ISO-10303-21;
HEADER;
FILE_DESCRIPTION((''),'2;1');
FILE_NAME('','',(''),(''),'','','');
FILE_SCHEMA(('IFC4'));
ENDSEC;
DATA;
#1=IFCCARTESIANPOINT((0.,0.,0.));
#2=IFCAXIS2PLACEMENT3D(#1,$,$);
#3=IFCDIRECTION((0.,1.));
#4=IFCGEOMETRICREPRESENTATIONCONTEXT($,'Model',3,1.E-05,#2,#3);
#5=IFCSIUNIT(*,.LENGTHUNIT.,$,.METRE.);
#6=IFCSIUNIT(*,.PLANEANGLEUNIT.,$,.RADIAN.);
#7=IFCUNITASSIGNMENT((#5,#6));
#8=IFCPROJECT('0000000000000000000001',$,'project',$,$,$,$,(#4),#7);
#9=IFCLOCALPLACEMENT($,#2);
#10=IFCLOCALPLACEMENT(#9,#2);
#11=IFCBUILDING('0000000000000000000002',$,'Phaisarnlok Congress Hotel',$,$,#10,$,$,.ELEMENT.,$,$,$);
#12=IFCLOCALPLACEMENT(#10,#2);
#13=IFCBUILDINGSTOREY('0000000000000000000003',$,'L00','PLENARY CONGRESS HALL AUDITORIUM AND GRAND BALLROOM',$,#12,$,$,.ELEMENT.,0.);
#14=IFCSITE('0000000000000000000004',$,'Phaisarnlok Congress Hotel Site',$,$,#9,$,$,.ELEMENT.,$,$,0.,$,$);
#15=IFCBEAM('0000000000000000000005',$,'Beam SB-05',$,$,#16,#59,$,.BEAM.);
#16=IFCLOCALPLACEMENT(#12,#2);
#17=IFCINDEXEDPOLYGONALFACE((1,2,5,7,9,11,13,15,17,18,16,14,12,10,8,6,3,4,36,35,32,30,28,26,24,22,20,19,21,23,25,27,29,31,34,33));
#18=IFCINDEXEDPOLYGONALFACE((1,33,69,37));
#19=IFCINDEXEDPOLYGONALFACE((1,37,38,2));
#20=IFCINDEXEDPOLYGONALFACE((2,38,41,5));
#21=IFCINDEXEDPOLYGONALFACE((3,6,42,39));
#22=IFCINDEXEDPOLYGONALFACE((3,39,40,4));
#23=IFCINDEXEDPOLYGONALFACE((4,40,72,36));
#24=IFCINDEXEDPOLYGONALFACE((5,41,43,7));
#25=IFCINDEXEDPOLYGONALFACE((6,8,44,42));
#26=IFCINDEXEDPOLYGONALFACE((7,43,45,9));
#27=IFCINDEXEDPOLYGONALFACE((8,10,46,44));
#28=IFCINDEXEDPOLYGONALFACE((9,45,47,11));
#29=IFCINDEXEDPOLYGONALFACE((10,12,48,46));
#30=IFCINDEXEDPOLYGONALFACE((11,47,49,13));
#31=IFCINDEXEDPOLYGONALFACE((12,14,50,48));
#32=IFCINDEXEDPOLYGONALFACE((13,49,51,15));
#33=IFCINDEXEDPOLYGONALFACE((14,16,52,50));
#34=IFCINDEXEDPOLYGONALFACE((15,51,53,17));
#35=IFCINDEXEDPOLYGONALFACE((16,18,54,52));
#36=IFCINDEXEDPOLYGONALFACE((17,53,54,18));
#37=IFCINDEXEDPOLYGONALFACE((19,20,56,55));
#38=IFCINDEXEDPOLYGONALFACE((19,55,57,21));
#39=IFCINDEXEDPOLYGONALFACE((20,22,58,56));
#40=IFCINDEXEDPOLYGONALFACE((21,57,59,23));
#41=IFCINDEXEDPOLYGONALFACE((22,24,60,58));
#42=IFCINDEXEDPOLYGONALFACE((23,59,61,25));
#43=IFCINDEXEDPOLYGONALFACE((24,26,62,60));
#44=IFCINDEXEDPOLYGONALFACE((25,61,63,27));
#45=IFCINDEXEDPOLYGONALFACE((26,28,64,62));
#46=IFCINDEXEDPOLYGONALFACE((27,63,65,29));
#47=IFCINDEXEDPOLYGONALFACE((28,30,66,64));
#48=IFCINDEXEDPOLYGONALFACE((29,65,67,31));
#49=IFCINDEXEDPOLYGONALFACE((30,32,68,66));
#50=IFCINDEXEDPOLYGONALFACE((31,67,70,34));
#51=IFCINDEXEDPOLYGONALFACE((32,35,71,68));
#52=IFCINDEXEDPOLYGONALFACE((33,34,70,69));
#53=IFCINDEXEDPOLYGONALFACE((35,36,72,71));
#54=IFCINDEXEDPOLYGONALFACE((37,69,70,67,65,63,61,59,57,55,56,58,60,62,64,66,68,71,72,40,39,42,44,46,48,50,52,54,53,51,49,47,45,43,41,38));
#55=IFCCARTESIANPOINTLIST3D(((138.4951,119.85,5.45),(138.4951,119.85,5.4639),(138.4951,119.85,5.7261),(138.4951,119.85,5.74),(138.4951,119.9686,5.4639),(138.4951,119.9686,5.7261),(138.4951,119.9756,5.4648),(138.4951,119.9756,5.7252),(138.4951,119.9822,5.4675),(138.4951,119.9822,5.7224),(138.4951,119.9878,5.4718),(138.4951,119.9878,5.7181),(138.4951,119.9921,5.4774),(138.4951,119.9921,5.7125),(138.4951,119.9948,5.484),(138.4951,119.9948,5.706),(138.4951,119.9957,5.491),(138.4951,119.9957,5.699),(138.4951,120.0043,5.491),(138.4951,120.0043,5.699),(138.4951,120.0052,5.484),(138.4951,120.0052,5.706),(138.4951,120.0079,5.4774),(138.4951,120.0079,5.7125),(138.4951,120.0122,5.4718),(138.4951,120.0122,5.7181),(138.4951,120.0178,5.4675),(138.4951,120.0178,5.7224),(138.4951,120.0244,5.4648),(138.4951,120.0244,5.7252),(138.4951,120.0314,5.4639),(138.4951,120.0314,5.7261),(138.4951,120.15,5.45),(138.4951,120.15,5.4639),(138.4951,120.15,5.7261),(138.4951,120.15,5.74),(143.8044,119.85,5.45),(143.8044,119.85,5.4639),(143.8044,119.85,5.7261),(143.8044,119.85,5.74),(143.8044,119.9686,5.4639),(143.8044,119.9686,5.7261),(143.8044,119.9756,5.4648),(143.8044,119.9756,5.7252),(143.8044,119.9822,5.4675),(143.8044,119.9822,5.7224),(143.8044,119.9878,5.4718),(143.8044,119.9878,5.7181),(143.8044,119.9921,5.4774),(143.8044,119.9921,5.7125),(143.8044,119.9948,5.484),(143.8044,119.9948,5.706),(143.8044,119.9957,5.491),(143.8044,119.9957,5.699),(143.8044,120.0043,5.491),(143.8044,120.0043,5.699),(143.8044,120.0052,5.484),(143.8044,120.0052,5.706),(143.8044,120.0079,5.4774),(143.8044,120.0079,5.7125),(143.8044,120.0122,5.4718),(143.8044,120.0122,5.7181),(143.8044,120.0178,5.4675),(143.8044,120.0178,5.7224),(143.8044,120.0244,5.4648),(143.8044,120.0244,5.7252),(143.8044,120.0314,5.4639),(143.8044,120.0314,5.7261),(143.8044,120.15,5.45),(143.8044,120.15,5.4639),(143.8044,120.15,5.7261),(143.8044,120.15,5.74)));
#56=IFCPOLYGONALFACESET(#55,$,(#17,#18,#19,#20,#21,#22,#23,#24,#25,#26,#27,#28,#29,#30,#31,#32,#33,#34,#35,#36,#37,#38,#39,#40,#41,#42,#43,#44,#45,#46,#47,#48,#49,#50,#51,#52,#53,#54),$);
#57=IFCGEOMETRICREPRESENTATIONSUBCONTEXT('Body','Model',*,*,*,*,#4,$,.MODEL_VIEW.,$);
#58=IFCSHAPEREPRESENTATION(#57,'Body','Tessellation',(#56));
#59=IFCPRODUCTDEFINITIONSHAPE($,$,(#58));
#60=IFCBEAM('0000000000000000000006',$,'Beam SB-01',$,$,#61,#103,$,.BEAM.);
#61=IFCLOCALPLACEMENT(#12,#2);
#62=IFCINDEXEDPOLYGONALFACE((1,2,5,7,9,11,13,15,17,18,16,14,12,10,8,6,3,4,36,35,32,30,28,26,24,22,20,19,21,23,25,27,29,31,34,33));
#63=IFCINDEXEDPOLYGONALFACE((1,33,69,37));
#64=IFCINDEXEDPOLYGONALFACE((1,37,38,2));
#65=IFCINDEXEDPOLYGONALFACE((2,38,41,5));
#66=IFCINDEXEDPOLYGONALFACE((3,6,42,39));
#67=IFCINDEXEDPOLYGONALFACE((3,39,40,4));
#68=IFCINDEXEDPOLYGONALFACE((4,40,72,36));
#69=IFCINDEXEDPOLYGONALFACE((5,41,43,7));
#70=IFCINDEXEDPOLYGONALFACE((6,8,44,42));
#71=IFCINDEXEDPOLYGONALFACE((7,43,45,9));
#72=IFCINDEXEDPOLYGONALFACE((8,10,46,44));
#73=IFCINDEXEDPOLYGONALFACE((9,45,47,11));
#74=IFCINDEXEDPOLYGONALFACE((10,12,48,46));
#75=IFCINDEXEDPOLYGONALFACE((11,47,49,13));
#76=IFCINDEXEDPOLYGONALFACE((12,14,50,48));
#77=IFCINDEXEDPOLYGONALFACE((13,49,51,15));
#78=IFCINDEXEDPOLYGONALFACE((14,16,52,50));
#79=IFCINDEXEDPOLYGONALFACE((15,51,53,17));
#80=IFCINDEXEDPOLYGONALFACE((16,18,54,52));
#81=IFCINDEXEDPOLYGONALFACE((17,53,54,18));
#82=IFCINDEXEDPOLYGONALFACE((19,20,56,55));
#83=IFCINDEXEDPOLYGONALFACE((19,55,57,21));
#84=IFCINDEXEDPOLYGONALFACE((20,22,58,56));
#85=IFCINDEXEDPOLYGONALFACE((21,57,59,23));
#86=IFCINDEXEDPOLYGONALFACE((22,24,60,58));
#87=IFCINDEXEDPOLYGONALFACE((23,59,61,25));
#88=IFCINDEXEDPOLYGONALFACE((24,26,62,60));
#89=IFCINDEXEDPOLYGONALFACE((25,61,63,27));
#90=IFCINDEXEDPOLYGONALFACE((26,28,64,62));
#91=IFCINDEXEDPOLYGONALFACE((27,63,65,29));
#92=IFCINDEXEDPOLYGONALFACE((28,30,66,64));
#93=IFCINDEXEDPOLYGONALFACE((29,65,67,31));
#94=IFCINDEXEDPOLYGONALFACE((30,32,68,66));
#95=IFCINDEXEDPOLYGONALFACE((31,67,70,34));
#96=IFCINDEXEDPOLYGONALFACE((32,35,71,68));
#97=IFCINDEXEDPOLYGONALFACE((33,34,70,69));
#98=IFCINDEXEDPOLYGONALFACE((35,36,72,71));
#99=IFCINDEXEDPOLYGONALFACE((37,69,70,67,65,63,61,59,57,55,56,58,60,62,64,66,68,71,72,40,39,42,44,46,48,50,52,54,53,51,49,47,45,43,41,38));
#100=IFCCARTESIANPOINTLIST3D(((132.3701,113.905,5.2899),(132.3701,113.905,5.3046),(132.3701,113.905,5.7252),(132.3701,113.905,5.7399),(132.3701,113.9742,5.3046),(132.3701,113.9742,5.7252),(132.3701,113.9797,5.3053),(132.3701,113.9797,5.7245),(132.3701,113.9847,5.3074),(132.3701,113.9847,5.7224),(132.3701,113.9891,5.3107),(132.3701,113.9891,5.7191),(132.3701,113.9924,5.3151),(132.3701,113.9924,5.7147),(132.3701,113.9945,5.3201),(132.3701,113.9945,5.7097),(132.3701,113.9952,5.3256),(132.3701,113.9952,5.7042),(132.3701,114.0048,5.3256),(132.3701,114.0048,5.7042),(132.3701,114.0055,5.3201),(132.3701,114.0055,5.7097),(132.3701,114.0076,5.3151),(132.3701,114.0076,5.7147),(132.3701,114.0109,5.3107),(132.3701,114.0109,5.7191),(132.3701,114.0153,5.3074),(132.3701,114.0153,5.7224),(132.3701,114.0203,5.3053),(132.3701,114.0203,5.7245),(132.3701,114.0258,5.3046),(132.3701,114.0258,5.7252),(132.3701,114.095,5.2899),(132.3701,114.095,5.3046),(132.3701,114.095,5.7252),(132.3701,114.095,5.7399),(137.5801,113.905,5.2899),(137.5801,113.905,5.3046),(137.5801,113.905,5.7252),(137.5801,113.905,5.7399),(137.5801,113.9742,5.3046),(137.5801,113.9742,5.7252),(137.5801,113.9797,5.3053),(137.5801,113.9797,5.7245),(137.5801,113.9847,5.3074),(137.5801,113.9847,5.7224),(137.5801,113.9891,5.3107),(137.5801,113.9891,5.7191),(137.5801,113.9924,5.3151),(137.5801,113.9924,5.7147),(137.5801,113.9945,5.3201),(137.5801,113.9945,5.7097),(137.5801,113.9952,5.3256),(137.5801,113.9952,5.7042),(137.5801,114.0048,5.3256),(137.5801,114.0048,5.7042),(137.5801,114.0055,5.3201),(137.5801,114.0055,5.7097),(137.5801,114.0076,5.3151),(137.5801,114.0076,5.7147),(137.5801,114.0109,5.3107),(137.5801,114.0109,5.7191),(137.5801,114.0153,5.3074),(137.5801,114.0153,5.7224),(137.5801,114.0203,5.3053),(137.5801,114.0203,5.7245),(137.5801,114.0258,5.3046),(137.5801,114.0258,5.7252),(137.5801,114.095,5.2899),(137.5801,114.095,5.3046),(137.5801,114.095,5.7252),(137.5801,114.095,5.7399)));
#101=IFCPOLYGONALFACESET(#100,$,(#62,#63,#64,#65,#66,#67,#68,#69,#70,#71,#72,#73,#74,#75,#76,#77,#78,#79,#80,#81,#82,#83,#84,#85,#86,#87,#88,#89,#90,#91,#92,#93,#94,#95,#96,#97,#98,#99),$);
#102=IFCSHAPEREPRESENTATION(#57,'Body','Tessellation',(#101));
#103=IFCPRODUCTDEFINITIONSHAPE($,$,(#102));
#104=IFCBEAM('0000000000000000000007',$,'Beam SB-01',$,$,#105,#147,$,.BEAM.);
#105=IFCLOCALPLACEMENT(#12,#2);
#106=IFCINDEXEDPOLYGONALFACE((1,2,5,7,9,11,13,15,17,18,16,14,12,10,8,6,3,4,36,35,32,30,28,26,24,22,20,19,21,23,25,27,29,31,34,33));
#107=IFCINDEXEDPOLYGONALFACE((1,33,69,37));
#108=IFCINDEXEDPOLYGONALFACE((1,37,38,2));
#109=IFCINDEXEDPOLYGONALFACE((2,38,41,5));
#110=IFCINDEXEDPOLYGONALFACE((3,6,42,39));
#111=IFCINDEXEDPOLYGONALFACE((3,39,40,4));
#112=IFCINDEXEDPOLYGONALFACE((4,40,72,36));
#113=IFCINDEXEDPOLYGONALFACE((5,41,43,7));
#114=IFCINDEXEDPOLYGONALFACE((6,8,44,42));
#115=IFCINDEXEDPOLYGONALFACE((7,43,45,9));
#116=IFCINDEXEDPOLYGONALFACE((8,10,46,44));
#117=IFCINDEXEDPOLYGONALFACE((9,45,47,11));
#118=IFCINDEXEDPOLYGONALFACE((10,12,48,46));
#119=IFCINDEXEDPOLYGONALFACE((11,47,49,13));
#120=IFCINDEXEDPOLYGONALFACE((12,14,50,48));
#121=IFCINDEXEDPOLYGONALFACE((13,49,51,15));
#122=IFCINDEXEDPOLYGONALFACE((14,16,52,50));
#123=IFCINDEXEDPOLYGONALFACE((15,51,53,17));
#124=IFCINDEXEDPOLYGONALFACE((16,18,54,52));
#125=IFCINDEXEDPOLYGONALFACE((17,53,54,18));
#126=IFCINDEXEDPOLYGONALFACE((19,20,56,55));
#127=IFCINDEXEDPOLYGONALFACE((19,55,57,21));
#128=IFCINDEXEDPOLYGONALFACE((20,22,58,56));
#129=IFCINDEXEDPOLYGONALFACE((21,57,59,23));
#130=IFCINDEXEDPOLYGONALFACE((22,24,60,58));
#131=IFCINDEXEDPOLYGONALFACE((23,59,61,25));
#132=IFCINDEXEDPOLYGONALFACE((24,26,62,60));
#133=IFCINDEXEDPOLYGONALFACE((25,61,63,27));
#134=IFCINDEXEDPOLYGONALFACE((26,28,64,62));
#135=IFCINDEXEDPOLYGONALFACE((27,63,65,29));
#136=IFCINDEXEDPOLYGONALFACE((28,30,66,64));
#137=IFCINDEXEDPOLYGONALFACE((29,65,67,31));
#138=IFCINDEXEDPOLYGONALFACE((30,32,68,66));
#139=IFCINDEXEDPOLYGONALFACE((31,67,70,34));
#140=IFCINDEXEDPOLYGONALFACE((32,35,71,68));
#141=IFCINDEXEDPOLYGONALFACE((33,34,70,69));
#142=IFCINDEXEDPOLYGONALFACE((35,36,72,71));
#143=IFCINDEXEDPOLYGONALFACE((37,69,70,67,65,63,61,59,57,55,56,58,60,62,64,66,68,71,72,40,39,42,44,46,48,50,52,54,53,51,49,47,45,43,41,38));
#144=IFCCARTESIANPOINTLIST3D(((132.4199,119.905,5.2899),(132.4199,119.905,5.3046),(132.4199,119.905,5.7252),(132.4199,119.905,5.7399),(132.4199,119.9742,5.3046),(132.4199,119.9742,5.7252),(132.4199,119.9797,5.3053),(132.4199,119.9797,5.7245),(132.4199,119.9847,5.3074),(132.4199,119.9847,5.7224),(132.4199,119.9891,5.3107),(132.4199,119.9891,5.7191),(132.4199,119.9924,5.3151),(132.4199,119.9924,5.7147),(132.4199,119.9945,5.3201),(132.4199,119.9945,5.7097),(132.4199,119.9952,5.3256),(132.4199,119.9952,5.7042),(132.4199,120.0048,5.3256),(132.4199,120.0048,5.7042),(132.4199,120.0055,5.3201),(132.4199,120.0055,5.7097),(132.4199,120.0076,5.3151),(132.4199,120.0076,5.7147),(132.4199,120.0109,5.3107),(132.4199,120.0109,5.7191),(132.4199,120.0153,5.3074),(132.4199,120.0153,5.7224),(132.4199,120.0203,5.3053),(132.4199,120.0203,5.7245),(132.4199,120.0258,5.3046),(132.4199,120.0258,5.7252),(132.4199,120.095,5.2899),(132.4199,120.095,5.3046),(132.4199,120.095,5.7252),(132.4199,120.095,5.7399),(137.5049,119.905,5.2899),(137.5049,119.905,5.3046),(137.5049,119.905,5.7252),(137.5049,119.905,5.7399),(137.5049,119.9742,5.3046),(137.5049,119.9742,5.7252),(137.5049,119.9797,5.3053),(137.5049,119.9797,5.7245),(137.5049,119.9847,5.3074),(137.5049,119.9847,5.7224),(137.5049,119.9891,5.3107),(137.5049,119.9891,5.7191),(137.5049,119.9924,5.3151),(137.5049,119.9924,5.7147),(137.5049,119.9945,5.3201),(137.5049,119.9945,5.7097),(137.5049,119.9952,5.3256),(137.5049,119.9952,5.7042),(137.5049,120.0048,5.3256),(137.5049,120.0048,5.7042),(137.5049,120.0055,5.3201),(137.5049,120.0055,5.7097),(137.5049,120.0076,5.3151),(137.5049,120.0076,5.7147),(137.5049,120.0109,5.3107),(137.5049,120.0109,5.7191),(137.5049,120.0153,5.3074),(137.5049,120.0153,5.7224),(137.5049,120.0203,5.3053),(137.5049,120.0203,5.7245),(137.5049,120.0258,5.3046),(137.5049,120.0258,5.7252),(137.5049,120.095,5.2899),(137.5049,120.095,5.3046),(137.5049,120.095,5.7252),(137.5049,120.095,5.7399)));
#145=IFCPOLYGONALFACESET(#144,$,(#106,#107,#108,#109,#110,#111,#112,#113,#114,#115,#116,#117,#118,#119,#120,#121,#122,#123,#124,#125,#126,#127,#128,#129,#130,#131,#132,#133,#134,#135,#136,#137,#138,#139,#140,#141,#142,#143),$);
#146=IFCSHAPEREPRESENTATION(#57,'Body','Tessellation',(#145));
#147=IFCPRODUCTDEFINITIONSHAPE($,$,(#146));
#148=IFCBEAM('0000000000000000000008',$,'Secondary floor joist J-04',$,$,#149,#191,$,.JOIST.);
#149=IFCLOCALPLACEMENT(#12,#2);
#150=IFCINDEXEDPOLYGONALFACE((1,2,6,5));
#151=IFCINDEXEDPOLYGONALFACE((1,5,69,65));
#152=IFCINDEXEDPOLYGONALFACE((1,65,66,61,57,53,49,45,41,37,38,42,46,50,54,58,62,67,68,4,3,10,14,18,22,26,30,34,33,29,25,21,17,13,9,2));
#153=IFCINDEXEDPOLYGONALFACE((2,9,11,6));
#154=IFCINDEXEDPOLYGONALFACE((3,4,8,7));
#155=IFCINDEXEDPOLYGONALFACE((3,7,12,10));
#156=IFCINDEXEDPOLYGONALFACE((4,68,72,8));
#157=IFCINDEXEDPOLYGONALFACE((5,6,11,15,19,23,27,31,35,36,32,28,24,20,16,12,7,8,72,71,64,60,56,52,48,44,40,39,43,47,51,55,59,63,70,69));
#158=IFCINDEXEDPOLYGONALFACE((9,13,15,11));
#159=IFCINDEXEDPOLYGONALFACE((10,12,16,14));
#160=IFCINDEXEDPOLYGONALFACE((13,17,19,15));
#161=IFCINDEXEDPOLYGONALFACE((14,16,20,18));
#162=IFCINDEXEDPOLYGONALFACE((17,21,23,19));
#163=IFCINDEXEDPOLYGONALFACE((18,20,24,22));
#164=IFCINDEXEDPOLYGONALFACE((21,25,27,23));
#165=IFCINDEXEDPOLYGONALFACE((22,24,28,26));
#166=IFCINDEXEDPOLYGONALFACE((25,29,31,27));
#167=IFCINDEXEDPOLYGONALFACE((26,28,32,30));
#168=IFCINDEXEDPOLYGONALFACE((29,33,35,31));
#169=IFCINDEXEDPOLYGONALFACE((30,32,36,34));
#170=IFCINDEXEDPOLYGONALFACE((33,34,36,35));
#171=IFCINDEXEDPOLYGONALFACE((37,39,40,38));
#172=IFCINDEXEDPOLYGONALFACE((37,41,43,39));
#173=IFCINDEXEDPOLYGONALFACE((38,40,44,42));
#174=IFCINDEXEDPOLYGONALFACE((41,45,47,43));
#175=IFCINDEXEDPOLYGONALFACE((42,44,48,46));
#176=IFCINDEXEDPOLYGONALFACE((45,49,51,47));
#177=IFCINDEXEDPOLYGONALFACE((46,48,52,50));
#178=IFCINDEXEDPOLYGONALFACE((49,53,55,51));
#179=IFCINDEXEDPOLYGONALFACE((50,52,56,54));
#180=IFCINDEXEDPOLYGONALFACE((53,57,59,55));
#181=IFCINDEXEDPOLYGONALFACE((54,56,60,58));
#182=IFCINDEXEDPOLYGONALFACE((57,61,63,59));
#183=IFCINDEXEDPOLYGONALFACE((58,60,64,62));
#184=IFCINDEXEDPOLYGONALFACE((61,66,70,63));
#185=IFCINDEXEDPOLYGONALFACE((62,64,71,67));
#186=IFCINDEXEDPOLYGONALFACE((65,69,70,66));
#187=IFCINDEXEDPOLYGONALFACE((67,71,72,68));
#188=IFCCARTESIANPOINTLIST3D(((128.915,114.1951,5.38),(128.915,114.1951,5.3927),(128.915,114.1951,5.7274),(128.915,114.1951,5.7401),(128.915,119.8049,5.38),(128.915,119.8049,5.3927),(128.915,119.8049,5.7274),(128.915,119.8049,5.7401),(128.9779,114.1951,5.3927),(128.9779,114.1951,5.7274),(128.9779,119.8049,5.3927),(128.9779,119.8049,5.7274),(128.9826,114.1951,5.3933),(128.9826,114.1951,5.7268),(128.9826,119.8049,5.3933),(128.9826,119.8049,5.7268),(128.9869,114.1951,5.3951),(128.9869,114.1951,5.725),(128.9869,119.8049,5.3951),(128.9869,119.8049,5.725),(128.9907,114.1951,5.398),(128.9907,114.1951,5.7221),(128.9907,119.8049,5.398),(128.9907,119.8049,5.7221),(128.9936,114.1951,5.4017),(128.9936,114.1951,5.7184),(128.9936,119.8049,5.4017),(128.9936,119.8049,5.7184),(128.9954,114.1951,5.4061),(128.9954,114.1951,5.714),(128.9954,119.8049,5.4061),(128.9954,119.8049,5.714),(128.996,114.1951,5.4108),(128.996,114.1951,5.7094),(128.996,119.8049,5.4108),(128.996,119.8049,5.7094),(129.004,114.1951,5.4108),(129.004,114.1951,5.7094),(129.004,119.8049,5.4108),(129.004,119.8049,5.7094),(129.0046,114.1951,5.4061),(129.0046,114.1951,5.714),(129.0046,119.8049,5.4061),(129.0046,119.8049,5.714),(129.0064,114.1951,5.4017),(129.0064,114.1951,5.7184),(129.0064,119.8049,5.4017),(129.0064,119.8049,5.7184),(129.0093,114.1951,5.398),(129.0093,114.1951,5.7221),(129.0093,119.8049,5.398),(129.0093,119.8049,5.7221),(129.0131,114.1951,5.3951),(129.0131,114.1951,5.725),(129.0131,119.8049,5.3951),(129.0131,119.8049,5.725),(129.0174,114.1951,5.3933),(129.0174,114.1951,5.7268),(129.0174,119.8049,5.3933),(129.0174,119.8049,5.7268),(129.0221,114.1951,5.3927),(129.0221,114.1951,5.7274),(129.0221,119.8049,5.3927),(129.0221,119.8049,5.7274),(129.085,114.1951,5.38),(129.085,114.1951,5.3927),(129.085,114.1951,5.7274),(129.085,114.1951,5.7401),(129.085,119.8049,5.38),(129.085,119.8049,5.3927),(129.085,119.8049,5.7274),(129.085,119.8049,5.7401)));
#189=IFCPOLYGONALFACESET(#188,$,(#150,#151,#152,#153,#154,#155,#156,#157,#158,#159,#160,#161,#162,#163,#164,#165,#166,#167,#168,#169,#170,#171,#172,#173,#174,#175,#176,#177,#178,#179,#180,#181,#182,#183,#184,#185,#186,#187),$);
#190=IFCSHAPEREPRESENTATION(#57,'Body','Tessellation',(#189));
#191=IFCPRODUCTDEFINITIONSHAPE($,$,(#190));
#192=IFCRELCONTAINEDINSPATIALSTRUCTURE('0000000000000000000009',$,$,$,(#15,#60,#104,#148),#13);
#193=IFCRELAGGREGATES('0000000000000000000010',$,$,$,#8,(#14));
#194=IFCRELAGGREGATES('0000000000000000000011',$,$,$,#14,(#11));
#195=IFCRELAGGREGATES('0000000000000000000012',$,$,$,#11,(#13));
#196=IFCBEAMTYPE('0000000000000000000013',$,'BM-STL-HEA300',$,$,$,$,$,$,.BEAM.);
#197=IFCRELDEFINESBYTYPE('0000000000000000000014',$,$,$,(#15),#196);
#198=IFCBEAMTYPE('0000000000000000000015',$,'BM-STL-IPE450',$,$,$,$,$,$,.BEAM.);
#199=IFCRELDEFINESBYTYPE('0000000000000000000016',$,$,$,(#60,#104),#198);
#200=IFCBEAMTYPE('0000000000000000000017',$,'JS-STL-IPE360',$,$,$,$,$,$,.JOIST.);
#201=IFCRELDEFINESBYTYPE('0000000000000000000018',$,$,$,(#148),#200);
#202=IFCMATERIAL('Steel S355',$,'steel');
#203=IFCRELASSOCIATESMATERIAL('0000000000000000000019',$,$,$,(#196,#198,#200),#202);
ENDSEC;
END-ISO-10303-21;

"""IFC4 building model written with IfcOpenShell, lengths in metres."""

from ifc_helpers import new_model, si_unit, direction, frame, origin, origin_2d, place, context, subcontext, project, spatial, i_section, extrude, material, material_profile, profile_set, type_object, element, save


model = new_model("IFC4")

# Units and contexts
model_context = context("Model", 3, precision=1e-05, world=origin(), true_north=direction((0.0, 1.0)))
body_context = subcontext(model_context, "Body", "Model", "MODEL_VIEW")
ifc_project = project(units=[si_unit("LENGTHUNIT", "METRE"), si_unit("PLANEANGLEUNIT", "RADIAN")], contexts=[model_context])

# Site, building, storey
site_placement = place(None, origin())
site = spatial("IfcSite", under=ifc_project, at=site_placement, Name="Phaisarnlok Congress Hotel Site", CompositionType="ELEMENT", RefElevation=0.0)
building_placement = place(site_placement, origin())
building = spatial("IfcBuilding", under=site, at=building_placement, Name="Phaisarnlok Congress Hotel", CompositionType="ELEMENT")
storey_placement = place(building_placement, origin())
storey = spatial("IfcBuildingStorey", under=building, at=storey_placement, Name="L00", Description="PLENARY CONGRESS HALL AUDITORIUM AND GRAND BALLROOM", CompositionType="ELEMENT", Elevation=0.0)

# Shared definitions
ifc_material_1 = material(Name="Steel S355", Category="steel")

# Beams
ifc_material_profile_1 = material_profile(ifc_material_1, i_section(OverallWidth=0.3, OverallDepth=0.29, WebThickness=0.0085, FlangeThickness=0.0139, FilletRadius=0.0271, at=origin_2d()), Name="HEA 300")
ifc_profile_set_1 = profile_set([ifc_material_profile_1], Name="Steel S355")
beam_type_1 = type_object("IfcBeamType", Name="BM-STL-HEA300", PredefinedType="BEAM", material=ifc_profile_set_1)
beam_1_placement = place(storey_placement, frame((138.4951, 120.0, 5.595), z_axis=(1.0, 0.0, 0.0), x_axis=(0.0, 1.0, 0.0)))
element("IfcBeam", 1, at=beam_1_placement, inside=storey, type_object=beam_type_1, Name="Beam SB-05", PredefinedType="BEAM", context=body_context, shape_type="SweptSolid", body=[
    extrude(i_section(OverallWidth=0.3, OverallDepth=0.29, WebThickness=0.0085, FlangeThickness=0.0139, FilletRadius=0.0271, at=origin_2d()), origin(), (0.0, 0.0, 1.0), 5.3093),
])
ifc_material_profile_2 = material_profile(ifc_material_1, i_section(OverallWidth=0.1899, OverallDepth=0.45, WebThickness=0.0095, FlangeThickness=0.0146, FilletRadius=0.021, at=origin_2d()), Name="IPE 450")
ifc_profile_set_2 = profile_set([ifc_material_profile_2], Name="Steel S355")
beam_type_2 = type_object("IfcBeamType", Name="BM-STL-IPE450", PredefinedType="BEAM", material=ifc_profile_set_2)
beam_2_placement = place(storey_placement, frame((132.3701, 114.0, 5.5149), z_axis=(1.0, 0.0, 0.0), x_axis=(0.0, 1.0, 0.0)))
element("IfcBeam", 2, at=beam_2_placement, inside=storey, type_object=beam_type_2, Name="Beam SB-01", PredefinedType="BEAM", context=body_context, shape_type="SweptSolid", body=[
    extrude(i_section(OverallWidth=0.1899, OverallDepth=0.45, WebThickness=0.0095, FlangeThickness=0.0146, FilletRadius=0.021, at=origin_2d()), origin(), (0.0, 0.0, 1.0), 5.21),
])
beam_3_placement = place(storey_placement, frame((132.4199, 120.0, 5.5149), z_axis=(1.0, 0.0, 0.0), x_axis=(0.0, 1.0, 0.0)))
element("IfcBeam", 3, at=beam_3_placement, inside=storey, type_object=beam_type_2, Name="Beam SB-01", PredefinedType="BEAM", context=body_context, shape_type="SweptSolid", body=[
    extrude(i_section(OverallWidth=0.1899, OverallDepth=0.45, WebThickness=0.0095, FlangeThickness=0.0146, FilletRadius=0.021, at=origin_2d()), origin(), (0.0, 0.0, 1.0), 5.085),
])
ifc_material_profile_3 = material_profile(ifc_material_1, i_section(OverallWidth=0.1699, OverallDepth=0.3601, WebThickness=0.0081, FlangeThickness=0.0127, FilletRadius=0.0181, at=origin_2d()), Name="IPE 360")
ifc_profile_set_3 = profile_set([ifc_material_profile_3], Name="Steel S355")
beam_type_3 = type_object("IfcBeamType", Name="JS-STL-IPE360", PredefinedType="JOIST", material=ifc_profile_set_3)
for number, where, z_axis, x_axis, name in (
    (4, (129.0, 114.1951, 5.5601), (0.0, 1.0, 0.0), (-1.0, 0.0, 0.0), "Secondary floor joist J-04"),
):
    element("IfcBeam", number, at=place(storey_placement, frame(where, z_axis=z_axis, x_axis=x_axis)), inside=storey, type_object=beam_type_3, Name=name, PredefinedType="JOIST", context=body_context, shape_type="SweptSolid", body=[
        extrude(i_section(OverallWidth=0.1699, OverallDepth=0.3601, WebThickness=0.0081, FlangeThickness=0.0127, FilletRadius=0.0181, at=origin_2d()), origin(), (0.0, 0.0, 1.0), 5.6099),
    ])

save(model, "model.ifc")
